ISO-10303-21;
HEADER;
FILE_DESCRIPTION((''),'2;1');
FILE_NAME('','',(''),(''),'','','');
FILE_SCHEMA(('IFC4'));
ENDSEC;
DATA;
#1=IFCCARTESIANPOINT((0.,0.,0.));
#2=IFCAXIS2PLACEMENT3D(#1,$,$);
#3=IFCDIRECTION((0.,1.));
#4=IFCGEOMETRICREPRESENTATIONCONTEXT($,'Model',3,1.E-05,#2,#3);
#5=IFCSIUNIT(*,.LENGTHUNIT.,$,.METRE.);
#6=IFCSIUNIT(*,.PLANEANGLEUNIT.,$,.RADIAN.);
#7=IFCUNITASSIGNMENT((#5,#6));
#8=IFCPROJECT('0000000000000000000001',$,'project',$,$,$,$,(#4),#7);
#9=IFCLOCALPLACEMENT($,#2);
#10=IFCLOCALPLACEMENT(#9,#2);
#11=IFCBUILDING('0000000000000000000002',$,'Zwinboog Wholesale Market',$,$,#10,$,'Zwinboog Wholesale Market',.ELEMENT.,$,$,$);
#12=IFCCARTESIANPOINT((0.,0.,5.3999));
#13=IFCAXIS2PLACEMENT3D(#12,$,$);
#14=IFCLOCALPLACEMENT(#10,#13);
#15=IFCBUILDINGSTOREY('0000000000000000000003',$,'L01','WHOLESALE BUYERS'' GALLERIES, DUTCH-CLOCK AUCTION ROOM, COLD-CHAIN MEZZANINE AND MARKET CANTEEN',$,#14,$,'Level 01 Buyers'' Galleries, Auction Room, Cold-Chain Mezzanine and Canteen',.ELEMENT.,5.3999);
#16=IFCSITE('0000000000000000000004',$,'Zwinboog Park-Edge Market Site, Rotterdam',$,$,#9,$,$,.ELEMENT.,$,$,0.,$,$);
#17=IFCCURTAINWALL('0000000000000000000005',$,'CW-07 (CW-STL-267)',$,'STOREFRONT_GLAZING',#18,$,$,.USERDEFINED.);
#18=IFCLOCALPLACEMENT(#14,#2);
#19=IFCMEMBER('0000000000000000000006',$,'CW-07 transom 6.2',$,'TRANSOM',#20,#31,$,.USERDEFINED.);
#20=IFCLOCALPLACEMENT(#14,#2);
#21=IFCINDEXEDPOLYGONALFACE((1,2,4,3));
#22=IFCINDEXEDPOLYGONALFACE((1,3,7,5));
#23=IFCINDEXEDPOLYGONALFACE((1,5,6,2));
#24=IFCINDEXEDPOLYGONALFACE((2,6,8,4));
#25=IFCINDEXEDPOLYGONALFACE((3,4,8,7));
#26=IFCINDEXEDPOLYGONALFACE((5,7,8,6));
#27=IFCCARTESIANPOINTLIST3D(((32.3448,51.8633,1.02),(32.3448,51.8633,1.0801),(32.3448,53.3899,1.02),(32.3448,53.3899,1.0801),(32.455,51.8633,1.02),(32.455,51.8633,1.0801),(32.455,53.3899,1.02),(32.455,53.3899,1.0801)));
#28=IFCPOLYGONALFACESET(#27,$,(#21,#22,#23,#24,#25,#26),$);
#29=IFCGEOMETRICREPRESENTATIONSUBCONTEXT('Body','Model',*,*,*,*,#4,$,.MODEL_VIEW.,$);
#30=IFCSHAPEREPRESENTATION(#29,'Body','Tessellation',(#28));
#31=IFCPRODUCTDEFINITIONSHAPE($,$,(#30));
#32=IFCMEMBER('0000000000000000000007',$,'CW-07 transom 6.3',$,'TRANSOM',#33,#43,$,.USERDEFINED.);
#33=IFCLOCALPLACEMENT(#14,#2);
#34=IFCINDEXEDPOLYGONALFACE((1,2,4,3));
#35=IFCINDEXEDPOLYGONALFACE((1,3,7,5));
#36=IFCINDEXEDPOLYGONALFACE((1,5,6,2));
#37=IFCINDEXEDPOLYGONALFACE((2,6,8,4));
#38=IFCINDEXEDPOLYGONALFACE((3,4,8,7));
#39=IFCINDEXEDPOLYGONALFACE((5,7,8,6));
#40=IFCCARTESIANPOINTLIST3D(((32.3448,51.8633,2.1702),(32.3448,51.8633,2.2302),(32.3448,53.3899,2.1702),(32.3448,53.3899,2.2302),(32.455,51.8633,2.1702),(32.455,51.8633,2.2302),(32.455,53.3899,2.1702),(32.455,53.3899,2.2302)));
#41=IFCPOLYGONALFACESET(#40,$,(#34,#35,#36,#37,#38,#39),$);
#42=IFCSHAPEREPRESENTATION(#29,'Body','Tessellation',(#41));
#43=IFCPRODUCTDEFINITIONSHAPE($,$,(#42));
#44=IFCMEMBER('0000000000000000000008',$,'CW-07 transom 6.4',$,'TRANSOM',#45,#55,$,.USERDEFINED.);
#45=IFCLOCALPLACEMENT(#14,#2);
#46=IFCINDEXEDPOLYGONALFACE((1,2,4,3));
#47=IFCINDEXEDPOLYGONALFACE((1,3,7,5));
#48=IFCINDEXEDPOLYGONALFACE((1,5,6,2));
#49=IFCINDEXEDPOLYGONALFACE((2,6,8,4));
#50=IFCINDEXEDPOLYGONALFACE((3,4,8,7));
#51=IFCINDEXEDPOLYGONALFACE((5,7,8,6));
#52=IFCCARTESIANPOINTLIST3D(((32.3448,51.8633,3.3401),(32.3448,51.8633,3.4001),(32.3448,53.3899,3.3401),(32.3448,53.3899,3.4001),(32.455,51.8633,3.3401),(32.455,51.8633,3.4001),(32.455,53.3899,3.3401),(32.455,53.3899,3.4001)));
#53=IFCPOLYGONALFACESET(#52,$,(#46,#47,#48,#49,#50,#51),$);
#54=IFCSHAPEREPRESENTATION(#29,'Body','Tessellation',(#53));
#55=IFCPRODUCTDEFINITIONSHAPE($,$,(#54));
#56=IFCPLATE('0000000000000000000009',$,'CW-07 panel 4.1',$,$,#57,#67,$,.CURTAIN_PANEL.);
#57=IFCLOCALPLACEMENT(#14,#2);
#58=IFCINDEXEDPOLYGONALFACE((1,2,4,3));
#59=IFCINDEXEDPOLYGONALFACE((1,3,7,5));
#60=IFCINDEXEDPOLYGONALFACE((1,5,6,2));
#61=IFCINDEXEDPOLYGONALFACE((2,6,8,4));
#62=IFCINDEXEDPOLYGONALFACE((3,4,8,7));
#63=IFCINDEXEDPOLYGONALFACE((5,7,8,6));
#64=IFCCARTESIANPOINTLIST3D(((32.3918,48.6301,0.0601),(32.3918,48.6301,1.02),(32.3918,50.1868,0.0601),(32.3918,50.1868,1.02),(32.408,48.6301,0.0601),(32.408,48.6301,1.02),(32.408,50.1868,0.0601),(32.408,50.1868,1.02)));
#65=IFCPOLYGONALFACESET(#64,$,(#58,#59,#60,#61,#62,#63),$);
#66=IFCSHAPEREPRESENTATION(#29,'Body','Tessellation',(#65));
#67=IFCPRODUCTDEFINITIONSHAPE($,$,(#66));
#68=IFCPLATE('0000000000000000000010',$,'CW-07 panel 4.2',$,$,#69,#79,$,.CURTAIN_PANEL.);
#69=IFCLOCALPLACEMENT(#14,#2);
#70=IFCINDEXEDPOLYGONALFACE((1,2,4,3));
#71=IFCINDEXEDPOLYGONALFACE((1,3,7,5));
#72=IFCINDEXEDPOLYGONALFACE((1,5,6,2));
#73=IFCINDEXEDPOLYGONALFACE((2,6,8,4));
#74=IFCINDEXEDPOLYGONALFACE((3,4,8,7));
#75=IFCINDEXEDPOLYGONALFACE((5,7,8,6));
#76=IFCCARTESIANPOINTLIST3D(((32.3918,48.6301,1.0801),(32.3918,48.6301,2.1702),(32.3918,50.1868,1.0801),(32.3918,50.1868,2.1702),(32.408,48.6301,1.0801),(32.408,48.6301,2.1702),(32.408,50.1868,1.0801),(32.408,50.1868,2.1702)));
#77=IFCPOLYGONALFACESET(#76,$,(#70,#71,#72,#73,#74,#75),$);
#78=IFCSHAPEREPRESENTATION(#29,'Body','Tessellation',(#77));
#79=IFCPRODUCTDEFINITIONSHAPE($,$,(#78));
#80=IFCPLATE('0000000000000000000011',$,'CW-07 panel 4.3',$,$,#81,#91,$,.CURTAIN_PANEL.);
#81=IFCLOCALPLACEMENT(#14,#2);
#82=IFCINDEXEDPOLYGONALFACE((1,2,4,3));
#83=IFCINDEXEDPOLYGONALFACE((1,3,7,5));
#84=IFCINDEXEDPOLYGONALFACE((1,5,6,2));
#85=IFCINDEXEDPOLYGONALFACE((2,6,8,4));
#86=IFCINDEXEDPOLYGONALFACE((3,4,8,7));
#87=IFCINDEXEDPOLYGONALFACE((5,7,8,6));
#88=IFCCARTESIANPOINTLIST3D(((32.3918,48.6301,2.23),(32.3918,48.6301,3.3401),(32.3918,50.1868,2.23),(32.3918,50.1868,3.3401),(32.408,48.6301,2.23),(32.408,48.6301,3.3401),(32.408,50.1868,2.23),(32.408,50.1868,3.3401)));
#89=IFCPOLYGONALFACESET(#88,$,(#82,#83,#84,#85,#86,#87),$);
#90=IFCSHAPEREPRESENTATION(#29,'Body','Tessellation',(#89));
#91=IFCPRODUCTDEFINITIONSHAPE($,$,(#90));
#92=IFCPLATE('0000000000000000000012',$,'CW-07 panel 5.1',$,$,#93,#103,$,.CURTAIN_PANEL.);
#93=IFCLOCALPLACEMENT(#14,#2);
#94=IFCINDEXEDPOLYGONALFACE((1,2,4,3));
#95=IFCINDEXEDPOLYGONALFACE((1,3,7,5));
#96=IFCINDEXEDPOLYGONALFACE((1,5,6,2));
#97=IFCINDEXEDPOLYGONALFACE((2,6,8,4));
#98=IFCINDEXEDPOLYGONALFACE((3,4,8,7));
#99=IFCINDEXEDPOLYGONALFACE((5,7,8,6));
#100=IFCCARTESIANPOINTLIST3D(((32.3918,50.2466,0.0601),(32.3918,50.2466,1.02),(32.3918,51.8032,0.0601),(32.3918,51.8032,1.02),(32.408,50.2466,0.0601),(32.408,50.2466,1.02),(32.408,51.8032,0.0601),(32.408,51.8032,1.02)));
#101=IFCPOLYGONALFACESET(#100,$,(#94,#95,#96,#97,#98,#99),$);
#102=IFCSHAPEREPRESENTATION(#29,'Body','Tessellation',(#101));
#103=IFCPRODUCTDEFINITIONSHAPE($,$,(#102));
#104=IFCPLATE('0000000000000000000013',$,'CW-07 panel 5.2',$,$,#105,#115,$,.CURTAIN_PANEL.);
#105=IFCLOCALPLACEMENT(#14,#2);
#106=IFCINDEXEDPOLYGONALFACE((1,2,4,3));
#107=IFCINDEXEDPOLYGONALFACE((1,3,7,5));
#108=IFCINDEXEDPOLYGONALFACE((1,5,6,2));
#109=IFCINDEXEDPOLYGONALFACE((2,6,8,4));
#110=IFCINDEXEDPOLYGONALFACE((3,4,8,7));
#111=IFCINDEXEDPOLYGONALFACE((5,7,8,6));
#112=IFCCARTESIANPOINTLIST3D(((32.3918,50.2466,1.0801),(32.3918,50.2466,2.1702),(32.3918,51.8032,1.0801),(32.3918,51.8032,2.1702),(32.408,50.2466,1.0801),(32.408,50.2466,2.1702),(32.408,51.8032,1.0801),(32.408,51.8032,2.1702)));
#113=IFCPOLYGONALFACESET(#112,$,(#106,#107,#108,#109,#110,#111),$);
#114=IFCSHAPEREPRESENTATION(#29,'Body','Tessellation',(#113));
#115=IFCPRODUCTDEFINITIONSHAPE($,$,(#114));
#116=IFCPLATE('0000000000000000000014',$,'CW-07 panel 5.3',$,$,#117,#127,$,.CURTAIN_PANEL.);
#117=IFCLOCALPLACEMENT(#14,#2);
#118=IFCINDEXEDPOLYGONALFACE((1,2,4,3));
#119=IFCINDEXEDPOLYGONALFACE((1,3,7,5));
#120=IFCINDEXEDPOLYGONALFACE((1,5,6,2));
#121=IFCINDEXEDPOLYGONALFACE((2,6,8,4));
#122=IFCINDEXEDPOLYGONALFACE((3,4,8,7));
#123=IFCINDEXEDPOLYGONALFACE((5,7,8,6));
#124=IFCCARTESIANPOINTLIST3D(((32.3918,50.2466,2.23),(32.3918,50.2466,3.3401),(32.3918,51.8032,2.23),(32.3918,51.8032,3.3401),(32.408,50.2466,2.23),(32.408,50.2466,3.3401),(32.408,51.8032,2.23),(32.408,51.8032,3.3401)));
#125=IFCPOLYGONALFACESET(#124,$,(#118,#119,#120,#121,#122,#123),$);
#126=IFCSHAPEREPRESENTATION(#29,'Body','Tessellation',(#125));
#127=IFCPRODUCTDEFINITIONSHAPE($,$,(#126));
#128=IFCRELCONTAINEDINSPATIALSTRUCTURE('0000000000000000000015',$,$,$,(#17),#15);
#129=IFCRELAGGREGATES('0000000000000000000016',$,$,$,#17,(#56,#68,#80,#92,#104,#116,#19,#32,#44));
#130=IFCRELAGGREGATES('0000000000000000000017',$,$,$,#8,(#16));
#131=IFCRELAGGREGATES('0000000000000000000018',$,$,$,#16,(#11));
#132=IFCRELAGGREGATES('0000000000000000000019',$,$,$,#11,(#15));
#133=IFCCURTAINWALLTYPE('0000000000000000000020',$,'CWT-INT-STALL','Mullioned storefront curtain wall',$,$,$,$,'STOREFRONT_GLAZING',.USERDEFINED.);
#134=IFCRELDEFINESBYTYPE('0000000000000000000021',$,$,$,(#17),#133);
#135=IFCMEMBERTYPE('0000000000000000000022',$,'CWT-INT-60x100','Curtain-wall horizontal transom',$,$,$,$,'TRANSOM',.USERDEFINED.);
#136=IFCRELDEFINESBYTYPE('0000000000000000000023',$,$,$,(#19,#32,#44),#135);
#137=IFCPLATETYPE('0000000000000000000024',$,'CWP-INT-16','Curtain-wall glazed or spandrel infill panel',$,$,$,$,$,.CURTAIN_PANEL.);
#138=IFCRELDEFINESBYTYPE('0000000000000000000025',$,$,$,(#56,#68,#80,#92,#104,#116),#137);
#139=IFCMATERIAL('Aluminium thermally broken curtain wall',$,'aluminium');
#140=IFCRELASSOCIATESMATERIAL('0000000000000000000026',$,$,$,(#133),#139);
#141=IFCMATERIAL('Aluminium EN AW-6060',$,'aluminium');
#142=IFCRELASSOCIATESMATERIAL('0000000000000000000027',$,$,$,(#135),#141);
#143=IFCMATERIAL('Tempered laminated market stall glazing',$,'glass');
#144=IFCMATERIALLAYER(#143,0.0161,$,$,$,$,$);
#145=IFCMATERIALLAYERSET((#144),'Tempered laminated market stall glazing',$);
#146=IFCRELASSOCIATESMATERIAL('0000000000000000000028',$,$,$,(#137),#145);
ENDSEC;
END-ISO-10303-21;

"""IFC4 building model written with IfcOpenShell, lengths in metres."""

from ifc_helpers import new_model, si_unit, direction, frame, origin, origin_2d, place, context, subcontext, project, spatial, rectangle, extrude, material, layer, layer_set, material_profile, profile_set, type_object, element, aggregate, save


model = new_model("IFC4")

# Units and contexts
model_context = context("Model", 3, precision=1e-05, world=origin(), true_north=direction((0.0, 1.0)))
body_context = subcontext(model_context, "Body", "Model", "MODEL_VIEW")
ifc_project = project(units=[si_unit("LENGTHUNIT", "METRE"), si_unit("PLANEANGLEUNIT", "RADIAN")], contexts=[model_context])

# Site, building, storey
site_placement = place(None, origin())
site = spatial("IfcSite", under=ifc_project, at=site_placement, Name="Zwinboog Park-Edge Market Site, Rotterdam", CompositionType="ELEMENT", RefElevation=0.0)
building_placement = place(site_placement, origin())
building = spatial("IfcBuilding", under=site, at=building_placement, Name="Zwinboog Wholesale Market", LongName="Zwinboog Wholesale Market", CompositionType="ELEMENT")
storey_placement = place(building_placement, frame((0.0, 0.0, 5.3999)))
storey = spatial("IfcBuildingStorey", under=building, at=storey_placement, Name="L01", Description="WHOLESALE BUYERS' GALLERIES, DUTCH-CLOCK AUCTION ROOM, COLD-CHAIN MEZZANINE AND MARKET CANTEEN", LongName="Level 01 Buyers' Galleries, Auction Room, Cold-Chain Mezzanine and Canteen", CompositionType="ELEMENT", Elevation=5.3999)

# Curtain wall, members, plates
ifc_material_1 = material(Name="Aluminium thermally broken curtain wall", Category="aluminium")
curtain_wall_type = type_object("IfcCurtainWallType", Name="CWT-INT-STALL", Description="Mullioned storefront curtain wall", ElementType="STOREFRONT_GLAZING", PredefinedType="USERDEFINED", material=ifc_material_1)
curtain_wall_placement = place(storey_placement, origin())
curtain_wall = element("IfcCurtainWall", 1, at=curtain_wall_placement, inside=storey, type_object=curtain_wall_type, Name="CW-07 (CW-STL-267)", ObjectType="STOREFRONT_GLAZING", PredefinedType="USERDEFINED")
ifc_material_2 = material(Name="Aluminium EN AW-6060", Category="aluminium")
ifc_material_profile_1 = material_profile(ifc_material_2, rectangle(XDim=0.1101, YDim=0.0601, at=origin_2d()), Name="AL 60x110")
ifc_profile_set_1 = profile_set([ifc_material_profile_1], Name="Aluminium EN AW-6060")
member_type_1 = type_object("IfcMemberType", Name="CWT-INT-60x100", Description="Curtain-wall horizontal transom", ElementType="TRANSOM", PredefinedType="USERDEFINED", material=ifc_profile_set_1)
member_1_placement = place(storey_placement, frame((32.3999, 51.8633, 1.05), z_axis=(0.0, 1.0, 0.0), x_axis=(-1.0, 0.0, 0.0)))
member_1 = element("IfcMember", 2, at=member_1_placement, type_object=member_type_1, Name="CW-07 transom 6.2", ObjectType="TRANSOM", PredefinedType="USERDEFINED", context=body_context, shape_type="SweptSolid", body=[
    extrude(rectangle(XDim=0.1101, YDim=0.0601, at=origin_2d()), origin(), (0.0, 0.0, 1.0), 1.5266),
])
member_2_placement = place(storey_placement, frame((32.3999, 51.8633, 2.2002), z_axis=(0.0, 1.0, 0.0), x_axis=(-1.0, 0.0, 0.0)))
member_2 = element("IfcMember", 3, at=member_2_placement, type_object=member_type_1, Name="CW-07 transom 6.3", ObjectType="TRANSOM", PredefinedType="USERDEFINED", context=body_context, shape_type="SweptSolid", body=[
    extrude(rectangle(XDim=0.1101, YDim=0.0601, at=origin_2d()), origin(), (0.0, 0.0, 1.0), 1.5266),
])
member_3_placement = place(storey_placement, frame((32.3999, 51.8633, 3.3701), z_axis=(0.0, 1.0, 0.0), x_axis=(-1.0, 0.0, 0.0)))
member_3 = element("IfcMember", 4, at=member_3_placement, type_object=member_type_1, Name="CW-07 transom 6.4", ObjectType="TRANSOM", PredefinedType="USERDEFINED", context=body_context, shape_type="SweptSolid", body=[
    extrude(rectangle(XDim=0.1101, YDim=0.0601, at=origin_2d()), origin(), (0.0, 0.0, 1.0), 1.5266),
])
ifc_material_3 = material(Name="Tempered laminated market stall glazing", Category="glass")
ifc_layer = layer(ifc_material_3, 0.0161)
ifc_layer_set = layer_set([ifc_layer], Name="Tempered laminated market stall glazing")
plate_type = type_object("IfcPlateType", Name="CWP-INT-16", Description="Curtain-wall glazed or spandrel infill panel", PredefinedType="CURTAIN_PANEL", material=ifc_layer_set)
plate_1_placement = place(storey_placement, frame((32.3999, 49.4084, 0.0601), z_axis=(0.0, 0.0, 1.0), x_axis=(0.0, 1.0, 0.0)))
plate_1 = element("IfcPlate", 5, at=plate_1_placement, type_object=plate_type, Name="CW-07 panel 4.1", PredefinedType="CURTAIN_PANEL", context=body_context, shape_type="SweptSolid", body=[
    extrude(rectangle(XDim=1.5566, YDim=0.0161, at=origin_2d()), origin(), (0.0, 0.0, 1.0), 0.96),
])
plate_2_placement = place(storey_placement, frame((32.3999, 49.4084, 1.0801), z_axis=(0.0, 0.0, 1.0), x_axis=(0.0, 1.0, 0.0)))
plate_2 = element("IfcPlate", 6, at=plate_2_placement, type_object=plate_type, Name="CW-07 panel 4.2", PredefinedType="CURTAIN_PANEL", context=body_context, shape_type="SweptSolid", body=[
    extrude(rectangle(XDim=1.5566, YDim=0.0161, at=origin_2d()), origin(), (0.0, 0.0, 1.0), 1.0901),
])
plate_3_placement = place(storey_placement, frame((32.3999, 49.4084, 2.23), z_axis=(0.0, 0.0, 1.0), x_axis=(0.0, 1.0, 0.0)))
plate_3 = element("IfcPlate", 7, at=plate_3_placement, type_object=plate_type, Name="CW-07 panel 4.3", PredefinedType="CURTAIN_PANEL", context=body_context, shape_type="SweptSolid", body=[
    extrude(rectangle(XDim=1.5566, YDim=0.0161, at=origin_2d()), origin(), (0.0, 0.0, 1.0), 1.1101),
])
plate_4_placement = place(storey_placement, frame((32.3999, 51.0249, 0.0601), z_axis=(0.0, 0.0, 1.0), x_axis=(0.0, 1.0, 0.0)))
plate_4 = element("IfcPlate", 8, at=plate_4_placement, type_object=plate_type, Name="CW-07 panel 5.1", PredefinedType="CURTAIN_PANEL", context=body_context, shape_type="SweptSolid", body=[
    extrude(rectangle(XDim=1.5566, YDim=0.0161, at=origin_2d()), origin(), (0.0, 0.0, 1.0), 0.96),
])
plate_5_placement = place(storey_placement, frame((32.3999, 51.0249, 1.0801), z_axis=(0.0, 0.0, 1.0), x_axis=(0.0, 1.0, 0.0)))
plate_5 = element("IfcPlate", 9, at=plate_5_placement, type_object=plate_type, Name="CW-07 panel 5.2", PredefinedType="CURTAIN_PANEL", context=body_context, shape_type="SweptSolid", body=[
    extrude(rectangle(XDim=1.5566, YDim=0.0161, at=origin_2d()), origin(), (0.0, 0.0, 1.0), 1.0901),
])
plate_6_placement = place(storey_placement, frame((32.3999, 51.0249, 2.23), z_axis=(0.0, 0.0, 1.0), x_axis=(0.0, 1.0, 0.0)))
plate_6 = element("IfcPlate", 10, at=plate_6_placement, type_object=plate_type, Name="CW-07 panel 5.3", PredefinedType="CURTAIN_PANEL", context=body_context, shape_type="SweptSolid", body=[
    extrude(rectangle(XDim=1.5566, YDim=0.0161, at=origin_2d()), origin(), (0.0, 0.0, 1.0), 1.1101),
])
aggregate(curtain_wall, [plate_1, plate_2, plate_3, plate_4, plate_5, plate_6, member_1, member_2, member_3])

save(model, "model.ifc")
